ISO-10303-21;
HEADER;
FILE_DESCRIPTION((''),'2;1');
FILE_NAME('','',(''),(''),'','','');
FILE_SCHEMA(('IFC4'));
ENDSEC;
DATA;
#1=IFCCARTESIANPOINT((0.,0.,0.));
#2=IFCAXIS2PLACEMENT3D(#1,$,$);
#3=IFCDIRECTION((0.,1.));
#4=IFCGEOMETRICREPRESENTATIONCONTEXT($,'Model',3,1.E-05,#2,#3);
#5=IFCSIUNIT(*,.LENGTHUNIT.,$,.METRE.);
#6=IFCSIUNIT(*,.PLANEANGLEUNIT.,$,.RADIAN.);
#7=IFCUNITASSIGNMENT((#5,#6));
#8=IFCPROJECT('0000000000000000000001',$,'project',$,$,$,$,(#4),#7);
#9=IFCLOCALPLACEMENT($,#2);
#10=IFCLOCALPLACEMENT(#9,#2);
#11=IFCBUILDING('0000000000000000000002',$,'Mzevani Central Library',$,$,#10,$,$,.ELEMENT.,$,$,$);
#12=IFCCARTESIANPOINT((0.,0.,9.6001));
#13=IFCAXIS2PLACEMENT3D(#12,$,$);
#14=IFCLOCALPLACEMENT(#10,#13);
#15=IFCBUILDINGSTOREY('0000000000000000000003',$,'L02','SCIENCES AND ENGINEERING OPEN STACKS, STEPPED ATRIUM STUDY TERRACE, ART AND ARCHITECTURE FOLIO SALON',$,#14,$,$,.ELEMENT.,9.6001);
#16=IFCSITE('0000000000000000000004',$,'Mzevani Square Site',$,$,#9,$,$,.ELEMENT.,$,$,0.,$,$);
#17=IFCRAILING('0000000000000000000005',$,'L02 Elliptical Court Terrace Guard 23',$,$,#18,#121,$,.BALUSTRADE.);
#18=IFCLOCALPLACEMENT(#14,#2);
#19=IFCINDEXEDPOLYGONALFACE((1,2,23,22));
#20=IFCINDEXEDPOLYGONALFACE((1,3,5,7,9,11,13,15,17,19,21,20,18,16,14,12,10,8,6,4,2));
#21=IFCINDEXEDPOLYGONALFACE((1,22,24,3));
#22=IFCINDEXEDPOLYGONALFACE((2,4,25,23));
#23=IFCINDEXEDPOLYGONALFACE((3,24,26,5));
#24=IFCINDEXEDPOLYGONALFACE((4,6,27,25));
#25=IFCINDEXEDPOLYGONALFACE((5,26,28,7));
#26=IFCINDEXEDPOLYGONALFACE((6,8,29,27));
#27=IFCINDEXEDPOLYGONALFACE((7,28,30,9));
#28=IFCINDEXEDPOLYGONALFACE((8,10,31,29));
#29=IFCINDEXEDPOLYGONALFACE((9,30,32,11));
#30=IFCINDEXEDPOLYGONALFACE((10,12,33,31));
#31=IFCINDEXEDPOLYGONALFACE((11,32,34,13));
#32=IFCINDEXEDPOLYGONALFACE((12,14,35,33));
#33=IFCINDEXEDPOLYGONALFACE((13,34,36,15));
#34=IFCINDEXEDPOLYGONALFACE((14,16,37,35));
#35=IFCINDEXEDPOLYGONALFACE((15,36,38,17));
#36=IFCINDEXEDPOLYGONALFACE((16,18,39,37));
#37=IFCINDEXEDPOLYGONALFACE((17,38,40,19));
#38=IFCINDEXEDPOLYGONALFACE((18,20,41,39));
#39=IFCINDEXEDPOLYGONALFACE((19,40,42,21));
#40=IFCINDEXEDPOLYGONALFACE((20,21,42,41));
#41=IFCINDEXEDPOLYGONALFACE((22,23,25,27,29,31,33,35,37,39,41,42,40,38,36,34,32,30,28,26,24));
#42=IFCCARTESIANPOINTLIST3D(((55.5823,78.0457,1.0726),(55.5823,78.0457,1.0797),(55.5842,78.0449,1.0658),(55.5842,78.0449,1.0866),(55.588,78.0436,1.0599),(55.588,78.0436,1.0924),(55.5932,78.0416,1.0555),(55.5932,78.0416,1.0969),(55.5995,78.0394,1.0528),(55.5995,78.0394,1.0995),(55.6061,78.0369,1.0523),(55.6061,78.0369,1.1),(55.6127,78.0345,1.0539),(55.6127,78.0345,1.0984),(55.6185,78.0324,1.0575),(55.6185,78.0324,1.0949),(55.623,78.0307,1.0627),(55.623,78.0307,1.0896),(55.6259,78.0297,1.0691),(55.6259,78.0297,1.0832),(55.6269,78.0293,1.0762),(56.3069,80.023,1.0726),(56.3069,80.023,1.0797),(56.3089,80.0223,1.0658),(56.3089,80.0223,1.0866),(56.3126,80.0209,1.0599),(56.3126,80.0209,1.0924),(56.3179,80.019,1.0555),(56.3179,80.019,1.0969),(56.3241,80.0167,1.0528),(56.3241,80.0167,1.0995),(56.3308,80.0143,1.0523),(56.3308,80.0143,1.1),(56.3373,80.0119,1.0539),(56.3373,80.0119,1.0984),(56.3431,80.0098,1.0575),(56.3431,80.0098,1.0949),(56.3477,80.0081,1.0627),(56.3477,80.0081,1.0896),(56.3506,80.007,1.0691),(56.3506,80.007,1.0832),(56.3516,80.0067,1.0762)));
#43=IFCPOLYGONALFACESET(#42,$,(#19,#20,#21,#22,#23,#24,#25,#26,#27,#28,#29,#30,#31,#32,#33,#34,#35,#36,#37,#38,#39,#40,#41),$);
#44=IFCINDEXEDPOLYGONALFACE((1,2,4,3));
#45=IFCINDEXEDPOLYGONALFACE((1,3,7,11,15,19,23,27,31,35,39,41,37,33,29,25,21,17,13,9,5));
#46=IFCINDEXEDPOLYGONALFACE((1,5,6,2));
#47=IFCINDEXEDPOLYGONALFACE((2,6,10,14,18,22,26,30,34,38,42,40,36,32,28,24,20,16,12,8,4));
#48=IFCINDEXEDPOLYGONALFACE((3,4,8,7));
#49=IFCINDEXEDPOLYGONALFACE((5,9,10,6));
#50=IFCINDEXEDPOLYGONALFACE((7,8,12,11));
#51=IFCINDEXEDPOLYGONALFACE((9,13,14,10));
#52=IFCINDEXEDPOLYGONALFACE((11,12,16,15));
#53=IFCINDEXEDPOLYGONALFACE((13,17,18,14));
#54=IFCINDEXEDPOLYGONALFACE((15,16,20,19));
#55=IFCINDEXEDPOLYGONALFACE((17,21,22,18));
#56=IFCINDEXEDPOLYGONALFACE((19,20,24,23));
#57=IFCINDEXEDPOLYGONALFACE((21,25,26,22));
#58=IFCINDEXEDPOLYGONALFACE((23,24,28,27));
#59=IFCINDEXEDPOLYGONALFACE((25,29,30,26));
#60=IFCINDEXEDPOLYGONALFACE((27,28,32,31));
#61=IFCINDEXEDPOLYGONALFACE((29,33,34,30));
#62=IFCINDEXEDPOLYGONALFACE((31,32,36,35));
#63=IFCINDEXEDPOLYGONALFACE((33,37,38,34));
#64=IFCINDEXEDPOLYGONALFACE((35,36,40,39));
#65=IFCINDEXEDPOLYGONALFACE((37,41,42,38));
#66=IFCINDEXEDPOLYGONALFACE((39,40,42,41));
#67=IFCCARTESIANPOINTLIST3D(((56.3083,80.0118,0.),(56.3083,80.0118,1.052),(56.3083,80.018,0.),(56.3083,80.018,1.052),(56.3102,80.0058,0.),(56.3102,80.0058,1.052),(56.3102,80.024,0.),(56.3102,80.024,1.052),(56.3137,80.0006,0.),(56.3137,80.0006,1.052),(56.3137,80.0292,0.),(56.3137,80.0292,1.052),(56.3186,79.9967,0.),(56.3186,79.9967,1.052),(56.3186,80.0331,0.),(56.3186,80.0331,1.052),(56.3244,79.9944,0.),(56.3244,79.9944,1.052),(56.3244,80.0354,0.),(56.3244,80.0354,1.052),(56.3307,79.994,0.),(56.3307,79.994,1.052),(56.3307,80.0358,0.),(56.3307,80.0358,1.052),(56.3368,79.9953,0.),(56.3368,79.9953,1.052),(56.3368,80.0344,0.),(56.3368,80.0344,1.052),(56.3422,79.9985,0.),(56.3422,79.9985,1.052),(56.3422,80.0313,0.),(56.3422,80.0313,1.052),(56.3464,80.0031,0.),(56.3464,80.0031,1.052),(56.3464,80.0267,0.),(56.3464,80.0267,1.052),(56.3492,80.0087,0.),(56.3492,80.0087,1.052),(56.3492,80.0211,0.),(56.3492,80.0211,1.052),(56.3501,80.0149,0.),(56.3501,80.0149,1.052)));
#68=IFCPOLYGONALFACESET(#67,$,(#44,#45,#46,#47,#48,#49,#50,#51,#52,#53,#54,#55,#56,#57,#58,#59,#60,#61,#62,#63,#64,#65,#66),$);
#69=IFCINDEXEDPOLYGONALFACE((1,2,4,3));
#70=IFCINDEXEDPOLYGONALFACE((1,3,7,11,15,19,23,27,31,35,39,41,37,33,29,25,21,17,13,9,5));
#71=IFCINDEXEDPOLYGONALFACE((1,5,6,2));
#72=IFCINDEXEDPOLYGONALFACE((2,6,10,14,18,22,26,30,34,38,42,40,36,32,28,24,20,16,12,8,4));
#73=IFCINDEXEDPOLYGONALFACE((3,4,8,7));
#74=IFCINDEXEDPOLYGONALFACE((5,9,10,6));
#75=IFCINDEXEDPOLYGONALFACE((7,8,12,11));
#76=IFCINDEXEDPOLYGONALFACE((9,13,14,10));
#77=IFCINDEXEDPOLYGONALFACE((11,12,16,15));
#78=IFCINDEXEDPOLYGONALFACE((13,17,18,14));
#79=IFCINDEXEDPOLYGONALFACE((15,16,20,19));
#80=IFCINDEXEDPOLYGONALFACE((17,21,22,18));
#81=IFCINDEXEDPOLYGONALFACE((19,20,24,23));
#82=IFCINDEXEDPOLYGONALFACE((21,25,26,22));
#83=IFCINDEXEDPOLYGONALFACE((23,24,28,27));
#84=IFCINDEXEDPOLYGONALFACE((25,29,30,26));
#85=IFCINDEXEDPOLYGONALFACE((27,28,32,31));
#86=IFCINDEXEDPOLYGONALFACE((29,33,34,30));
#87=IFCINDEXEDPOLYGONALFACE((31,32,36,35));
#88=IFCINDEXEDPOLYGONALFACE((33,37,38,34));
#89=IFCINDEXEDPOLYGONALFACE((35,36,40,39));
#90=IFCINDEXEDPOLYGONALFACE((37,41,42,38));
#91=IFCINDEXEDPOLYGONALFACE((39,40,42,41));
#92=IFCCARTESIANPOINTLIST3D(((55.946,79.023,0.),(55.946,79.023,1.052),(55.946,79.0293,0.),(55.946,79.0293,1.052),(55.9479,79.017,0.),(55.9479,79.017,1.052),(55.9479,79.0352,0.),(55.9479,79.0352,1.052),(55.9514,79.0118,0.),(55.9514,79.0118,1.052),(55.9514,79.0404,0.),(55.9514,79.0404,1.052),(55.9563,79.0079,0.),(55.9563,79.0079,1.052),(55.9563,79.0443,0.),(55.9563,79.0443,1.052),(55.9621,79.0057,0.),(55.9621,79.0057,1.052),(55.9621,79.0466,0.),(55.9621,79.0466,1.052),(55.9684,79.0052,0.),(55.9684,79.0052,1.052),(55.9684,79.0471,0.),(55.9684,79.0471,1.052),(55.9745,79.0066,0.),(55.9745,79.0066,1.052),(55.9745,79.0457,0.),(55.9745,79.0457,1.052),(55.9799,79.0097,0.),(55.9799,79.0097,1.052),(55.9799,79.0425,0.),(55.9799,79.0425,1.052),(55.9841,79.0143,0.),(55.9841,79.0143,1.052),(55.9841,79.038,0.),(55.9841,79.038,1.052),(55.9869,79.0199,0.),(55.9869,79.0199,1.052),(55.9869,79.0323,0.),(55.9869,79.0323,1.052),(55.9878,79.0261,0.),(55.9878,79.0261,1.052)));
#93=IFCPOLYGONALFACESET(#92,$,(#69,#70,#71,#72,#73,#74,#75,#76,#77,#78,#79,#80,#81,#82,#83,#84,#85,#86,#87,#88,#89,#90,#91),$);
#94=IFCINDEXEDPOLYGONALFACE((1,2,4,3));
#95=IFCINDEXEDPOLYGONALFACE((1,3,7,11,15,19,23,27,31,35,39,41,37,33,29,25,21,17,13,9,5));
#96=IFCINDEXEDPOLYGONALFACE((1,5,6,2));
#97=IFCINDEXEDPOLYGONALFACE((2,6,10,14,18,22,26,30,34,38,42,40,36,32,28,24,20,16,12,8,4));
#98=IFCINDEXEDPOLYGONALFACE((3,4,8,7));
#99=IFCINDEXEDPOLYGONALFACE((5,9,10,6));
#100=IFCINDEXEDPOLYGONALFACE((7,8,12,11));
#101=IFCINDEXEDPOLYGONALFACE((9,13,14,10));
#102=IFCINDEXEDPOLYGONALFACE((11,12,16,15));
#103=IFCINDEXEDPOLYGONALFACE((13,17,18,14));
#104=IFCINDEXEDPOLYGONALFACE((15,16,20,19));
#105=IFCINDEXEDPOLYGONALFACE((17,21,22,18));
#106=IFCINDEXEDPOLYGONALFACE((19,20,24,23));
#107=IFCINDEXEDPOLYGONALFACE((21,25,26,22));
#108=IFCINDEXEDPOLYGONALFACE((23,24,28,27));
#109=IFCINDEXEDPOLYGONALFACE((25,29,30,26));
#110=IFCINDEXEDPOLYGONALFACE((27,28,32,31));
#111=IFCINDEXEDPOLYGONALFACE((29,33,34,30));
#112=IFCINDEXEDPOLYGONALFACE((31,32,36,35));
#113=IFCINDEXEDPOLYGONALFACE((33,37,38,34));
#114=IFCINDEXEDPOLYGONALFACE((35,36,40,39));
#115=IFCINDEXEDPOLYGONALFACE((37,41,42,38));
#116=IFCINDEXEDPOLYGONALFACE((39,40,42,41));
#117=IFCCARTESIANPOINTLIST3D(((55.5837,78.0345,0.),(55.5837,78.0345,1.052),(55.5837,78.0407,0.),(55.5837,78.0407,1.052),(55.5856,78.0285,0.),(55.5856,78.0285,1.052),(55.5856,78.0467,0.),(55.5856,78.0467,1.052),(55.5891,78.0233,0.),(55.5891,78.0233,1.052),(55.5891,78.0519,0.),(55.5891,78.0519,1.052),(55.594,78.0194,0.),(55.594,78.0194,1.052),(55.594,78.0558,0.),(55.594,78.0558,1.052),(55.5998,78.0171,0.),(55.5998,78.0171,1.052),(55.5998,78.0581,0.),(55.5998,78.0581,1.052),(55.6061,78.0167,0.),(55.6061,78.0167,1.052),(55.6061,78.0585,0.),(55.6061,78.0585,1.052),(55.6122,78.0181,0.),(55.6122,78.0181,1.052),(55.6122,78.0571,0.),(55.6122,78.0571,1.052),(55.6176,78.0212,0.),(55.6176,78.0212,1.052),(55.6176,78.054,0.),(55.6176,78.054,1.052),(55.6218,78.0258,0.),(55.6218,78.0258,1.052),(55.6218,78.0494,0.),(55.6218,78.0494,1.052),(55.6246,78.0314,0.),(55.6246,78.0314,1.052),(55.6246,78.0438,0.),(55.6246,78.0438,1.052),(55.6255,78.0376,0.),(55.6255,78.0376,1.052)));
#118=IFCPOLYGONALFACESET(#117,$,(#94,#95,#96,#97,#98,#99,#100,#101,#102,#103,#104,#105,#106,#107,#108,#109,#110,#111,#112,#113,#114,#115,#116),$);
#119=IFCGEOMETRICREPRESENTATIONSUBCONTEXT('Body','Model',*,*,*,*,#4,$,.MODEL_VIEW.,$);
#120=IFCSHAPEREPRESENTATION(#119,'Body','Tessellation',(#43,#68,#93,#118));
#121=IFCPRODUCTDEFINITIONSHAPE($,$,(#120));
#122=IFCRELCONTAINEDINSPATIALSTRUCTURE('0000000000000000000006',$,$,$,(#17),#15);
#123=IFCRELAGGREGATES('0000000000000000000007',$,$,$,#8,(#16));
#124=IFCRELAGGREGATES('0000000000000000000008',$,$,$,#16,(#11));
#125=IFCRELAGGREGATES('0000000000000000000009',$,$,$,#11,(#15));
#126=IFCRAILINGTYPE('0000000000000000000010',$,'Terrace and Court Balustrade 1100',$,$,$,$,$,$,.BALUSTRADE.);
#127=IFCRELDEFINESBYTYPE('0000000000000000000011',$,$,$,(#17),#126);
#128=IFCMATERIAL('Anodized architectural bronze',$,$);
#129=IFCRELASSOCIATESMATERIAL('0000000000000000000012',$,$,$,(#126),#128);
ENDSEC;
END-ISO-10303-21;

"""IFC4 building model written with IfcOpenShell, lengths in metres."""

from ifc_helpers import new_model, si_unit, direction, frame, origin, origin_2d, place, context, subcontext, project, spatial, circle, extrude, material, type_object, element, save


model = new_model("IFC4")

# Units and contexts
model_context = context("Model", 3, precision=1e-05, world=origin(), true_north=direction((0.0, 1.0)))
body_context = subcontext(model_context, "Body", "Model", "MODEL_VIEW")
ifc_project = project(units=[si_unit("LENGTHUNIT", "METRE"), si_unit("PLANEANGLEUNIT", "RADIAN")], contexts=[model_context])

# Site, building, storey
site_placement = place(None, origin())
site = spatial("IfcSite", under=ifc_project, at=site_placement, Name="Mzevani Square Site", CompositionType="ELEMENT", RefElevation=0.0)
building_placement = place(site_placement, origin())
building = spatial("IfcBuilding", under=site, at=building_placement, Name="Mzevani Central Library", CompositionType="ELEMENT")
storey_placement = place(building_placement, frame((0.0, 0.0, 9.6001)))
storey = spatial("IfcBuildingStorey", under=building, at=storey_placement, Name="L02", Description="SCIENCES AND ENGINEERING OPEN STACKS, STEPPED ATRIUM STUDY TERRACE, ART AND ARCHITECTURE FOLIO SALON", CompositionType="ELEMENT", Elevation=9.6001)

# Railing
ifc_material_1 = material(Name="Anodized architectural bronze")
railing_type = type_object("IfcRailingType", Name="Terrace and Court Balustrade 1100", PredefinedType="BALUSTRADE", material=ifc_material_1)
railing_1_placement = place(storey_placement, frame((56.3291, 80.0149, 0.0)))
element("IfcRailing", 1, at=railing_1_placement, inside=storey, type_object=railing_type, Name="L02 Elliptical Court Terrace Guard 23", PredefinedType="BALUSTRADE", context=body_context, shape_type="SweptSolid", body=[
    extrude(circle(Radius=0.0239, at=origin_2d()), frame((0.0, 0.0, 1.0762), z_axis=(-0.344088, -0.938938, 0.0), x_axis=(0.938938, -0.344088, 0.0)), (0.0, 0.0, 1.0), 2.106),
    extrude(circle(Radius=0.021, at=origin_2d()), origin(), (0.0, 0.0, 1.0), 1.052),
    extrude(circle(Radius=0.021, at=origin_2d()), frame((-0.3623, -0.9888, 0.0)), (0.0, 0.0, 1.0), 1.052),
    extrude(circle(Radius=0.021, at=origin_2d()), frame((-0.7246, -1.9773, 0.0)), (0.0, 0.0, 1.0), 1.052),
])

save(model, "model.ifc")
